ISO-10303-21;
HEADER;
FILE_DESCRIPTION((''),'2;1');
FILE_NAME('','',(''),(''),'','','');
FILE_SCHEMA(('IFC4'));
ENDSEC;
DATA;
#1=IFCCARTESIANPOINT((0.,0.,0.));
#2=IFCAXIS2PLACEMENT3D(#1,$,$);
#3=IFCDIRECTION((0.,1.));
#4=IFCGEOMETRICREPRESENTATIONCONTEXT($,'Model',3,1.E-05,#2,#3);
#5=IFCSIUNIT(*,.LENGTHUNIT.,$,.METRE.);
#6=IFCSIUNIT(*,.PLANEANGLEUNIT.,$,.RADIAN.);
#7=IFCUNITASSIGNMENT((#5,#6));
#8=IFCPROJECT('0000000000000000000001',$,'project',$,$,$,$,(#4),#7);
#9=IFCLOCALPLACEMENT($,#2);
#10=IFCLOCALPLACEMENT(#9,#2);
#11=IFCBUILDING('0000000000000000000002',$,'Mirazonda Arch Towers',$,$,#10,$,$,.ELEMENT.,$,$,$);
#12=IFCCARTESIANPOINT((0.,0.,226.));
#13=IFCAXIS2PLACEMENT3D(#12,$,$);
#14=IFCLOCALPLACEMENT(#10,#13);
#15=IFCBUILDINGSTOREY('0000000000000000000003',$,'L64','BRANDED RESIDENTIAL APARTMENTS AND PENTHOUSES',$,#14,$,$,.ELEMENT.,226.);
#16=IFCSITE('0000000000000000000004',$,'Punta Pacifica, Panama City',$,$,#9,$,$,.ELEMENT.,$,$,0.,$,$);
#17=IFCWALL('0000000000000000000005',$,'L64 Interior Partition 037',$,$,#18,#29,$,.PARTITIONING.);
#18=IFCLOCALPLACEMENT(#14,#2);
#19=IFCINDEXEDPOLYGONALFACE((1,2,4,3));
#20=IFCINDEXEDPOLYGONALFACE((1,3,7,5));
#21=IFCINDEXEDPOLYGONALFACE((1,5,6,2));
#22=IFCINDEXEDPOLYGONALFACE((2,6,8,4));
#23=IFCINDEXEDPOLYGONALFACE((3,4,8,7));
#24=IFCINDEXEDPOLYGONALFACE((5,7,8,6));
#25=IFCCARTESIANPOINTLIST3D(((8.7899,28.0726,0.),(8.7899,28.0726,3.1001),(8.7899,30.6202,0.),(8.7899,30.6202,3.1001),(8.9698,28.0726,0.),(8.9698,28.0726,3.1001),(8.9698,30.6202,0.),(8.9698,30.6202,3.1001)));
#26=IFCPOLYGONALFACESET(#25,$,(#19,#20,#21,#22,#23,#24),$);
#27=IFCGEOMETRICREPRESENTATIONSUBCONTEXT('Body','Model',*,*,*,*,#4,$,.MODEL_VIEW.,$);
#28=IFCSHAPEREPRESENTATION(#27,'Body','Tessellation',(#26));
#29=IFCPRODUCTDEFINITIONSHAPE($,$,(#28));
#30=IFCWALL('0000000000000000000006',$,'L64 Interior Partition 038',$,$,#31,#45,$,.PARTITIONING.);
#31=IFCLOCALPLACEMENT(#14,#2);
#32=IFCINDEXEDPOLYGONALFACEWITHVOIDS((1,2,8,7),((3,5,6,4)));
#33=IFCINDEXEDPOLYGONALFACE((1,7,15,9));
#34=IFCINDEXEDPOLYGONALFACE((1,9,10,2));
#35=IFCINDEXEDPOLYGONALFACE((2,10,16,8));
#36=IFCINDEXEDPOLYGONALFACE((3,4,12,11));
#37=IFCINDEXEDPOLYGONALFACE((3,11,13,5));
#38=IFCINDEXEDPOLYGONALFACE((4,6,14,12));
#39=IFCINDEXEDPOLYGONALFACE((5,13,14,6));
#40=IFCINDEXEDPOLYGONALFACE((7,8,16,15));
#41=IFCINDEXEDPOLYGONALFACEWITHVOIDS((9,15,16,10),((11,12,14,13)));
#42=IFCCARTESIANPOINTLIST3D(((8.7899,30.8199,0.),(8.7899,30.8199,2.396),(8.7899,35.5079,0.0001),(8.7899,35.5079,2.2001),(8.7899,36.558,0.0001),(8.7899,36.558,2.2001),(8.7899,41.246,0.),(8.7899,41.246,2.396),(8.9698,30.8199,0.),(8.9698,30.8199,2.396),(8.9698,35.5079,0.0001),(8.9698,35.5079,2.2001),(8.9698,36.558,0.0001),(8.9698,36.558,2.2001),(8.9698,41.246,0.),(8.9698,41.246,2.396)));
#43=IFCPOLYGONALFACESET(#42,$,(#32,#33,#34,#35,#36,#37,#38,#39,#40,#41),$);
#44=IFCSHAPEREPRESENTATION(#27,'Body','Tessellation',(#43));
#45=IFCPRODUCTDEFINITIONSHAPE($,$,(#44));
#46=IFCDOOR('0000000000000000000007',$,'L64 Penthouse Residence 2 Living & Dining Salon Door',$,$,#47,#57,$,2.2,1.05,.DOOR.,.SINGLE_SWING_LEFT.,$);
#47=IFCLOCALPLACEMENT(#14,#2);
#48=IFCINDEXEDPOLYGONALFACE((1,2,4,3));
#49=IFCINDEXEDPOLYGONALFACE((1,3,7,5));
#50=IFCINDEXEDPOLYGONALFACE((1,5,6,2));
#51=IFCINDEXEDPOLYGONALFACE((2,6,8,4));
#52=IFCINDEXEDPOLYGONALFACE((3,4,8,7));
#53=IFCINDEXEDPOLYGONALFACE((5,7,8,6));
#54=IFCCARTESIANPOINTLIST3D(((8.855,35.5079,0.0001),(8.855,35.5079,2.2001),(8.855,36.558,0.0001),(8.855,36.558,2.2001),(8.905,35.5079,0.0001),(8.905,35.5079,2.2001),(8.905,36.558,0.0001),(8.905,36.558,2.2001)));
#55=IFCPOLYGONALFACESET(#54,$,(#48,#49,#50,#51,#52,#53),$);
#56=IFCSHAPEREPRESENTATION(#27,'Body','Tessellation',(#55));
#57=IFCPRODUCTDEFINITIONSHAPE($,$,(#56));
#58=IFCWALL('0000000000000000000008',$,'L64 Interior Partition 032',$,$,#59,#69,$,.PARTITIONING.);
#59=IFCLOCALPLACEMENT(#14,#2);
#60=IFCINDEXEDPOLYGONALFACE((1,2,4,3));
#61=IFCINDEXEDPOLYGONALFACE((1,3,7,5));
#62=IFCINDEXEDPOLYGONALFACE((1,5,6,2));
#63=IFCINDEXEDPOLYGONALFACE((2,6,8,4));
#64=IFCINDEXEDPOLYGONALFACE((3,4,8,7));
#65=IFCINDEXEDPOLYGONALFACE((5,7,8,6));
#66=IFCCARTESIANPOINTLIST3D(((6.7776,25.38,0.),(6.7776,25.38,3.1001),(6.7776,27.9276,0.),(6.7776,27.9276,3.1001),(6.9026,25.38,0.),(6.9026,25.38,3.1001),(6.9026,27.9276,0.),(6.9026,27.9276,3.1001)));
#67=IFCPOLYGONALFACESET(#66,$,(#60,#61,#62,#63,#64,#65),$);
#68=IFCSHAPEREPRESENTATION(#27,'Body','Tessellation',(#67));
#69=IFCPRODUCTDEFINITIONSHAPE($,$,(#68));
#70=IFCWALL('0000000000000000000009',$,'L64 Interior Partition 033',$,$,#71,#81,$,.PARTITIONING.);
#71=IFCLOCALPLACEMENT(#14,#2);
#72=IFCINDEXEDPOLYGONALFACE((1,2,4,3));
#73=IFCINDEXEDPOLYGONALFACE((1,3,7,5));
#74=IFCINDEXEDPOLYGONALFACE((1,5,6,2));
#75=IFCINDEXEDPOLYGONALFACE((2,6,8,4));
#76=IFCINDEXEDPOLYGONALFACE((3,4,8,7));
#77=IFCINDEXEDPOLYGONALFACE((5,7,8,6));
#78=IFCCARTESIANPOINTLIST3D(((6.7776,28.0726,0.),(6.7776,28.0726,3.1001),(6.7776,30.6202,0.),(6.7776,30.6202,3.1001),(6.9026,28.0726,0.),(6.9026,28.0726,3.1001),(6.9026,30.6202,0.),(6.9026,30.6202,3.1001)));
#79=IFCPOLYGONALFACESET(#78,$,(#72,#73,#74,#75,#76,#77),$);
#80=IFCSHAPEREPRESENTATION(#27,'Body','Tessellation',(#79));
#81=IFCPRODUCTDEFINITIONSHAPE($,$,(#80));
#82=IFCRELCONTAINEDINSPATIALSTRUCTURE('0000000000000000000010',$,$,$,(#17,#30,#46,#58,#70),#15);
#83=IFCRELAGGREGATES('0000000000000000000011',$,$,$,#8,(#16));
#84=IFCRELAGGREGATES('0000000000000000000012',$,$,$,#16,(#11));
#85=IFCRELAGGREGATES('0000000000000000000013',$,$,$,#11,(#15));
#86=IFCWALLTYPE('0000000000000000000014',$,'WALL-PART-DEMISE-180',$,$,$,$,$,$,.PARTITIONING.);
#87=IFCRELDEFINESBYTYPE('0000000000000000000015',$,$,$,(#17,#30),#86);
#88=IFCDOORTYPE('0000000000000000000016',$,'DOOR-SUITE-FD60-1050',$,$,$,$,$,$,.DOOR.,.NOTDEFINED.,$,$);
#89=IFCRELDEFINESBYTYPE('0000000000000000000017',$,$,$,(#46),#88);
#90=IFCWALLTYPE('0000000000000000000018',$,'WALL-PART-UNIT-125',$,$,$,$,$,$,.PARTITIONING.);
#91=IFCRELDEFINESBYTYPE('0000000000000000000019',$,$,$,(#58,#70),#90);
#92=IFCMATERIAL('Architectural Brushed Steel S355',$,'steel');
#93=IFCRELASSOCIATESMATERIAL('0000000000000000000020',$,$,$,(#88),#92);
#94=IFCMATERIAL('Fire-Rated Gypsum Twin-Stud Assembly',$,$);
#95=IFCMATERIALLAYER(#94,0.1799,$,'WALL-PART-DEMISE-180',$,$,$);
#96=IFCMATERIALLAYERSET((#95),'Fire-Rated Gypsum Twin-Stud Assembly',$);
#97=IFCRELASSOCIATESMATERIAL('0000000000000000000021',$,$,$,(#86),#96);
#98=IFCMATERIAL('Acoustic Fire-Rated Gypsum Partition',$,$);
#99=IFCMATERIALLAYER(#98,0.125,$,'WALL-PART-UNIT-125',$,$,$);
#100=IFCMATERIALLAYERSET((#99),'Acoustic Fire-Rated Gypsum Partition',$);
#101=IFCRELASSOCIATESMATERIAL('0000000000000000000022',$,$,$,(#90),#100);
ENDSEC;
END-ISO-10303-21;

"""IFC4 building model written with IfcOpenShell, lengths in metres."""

from ifc_helpers import new_model, si_unit, direction, frame, frame_2d, origin, place, context, subcontext, project, spatial, rectangle, extrude, material, layer, layer_set, type_object, element, fill, save


model = new_model("IFC4")

# Units and contexts
model_context = context("Model", 3, precision=1e-05, world=origin(), true_north=direction((0.0, 1.0)))
body_context = subcontext(model_context, "Body", "Model", "MODEL_VIEW")
ifc_project = project(units=[si_unit("LENGTHUNIT", "METRE"), si_unit("PLANEANGLEUNIT", "RADIAN")], contexts=[model_context])

# Site, building, storey
site_placement = place(None, origin())
site = spatial("IfcSite", under=ifc_project, at=site_placement, Name="Punta Pacifica, Panama City", CompositionType="ELEMENT", RefElevation=0.0)
building_placement = place(site_placement, origin())
building = spatial("IfcBuilding", under=site, at=building_placement, Name="Mirazonda Arch Towers", CompositionType="ELEMENT")
storey_placement = place(building_placement, frame((0.0, 0.0, 226.0)))
storey = spatial("IfcBuildingStorey", under=building, at=storey_placement, Name="L64", Description="BRANDED RESIDENTIAL APARTMENTS AND PENTHOUSES", CompositionType="ELEMENT", Elevation=226.0)

# Shared definitions
ifc_material_1 = material(Name="Architectural Brushed Steel S355", Category="steel")

# Shared definitions
door_type_1 = type_object("IfcDoorType", Name="DOOR-SUITE-FD60-1050", OperationType="NOTDEFINED", PredefinedType="DOOR", material=ifc_material_1)

# Wall
ifc_material_2 = material(Name="Fire-Rated Gypsum Twin-Stud Assembly")
ifc_layer_1 = layer(ifc_material_2, 0.1799, Name="WALL-PART-DEMISE-180")
ifc_layer_set_1 = layer_set([ifc_layer_1], Name="Fire-Rated Gypsum Twin-Stud Assembly")
wall_type_1 = type_object("IfcWallType", Name="WALL-PART-DEMISE-180", PredefinedType="PARTITIONING", material=ifc_layer_set_1)
for number, where, z_axis, x_axis, name in (
    (1, (8.8799, 28.0725, 0.0), (0.0, 0.0, 1.0), (0.0, 1.0, 0.0), "L64 Interior Partition 037"),
):
    element("IfcWall", number, at=place(storey_placement, frame(where, z_axis=z_axis, x_axis=x_axis)), inside=storey, type_object=wall_type_1, Name=name, PredefinedType="PARTITIONING", context=body_context, shape_type="SweptSolid", body=[
        extrude(rectangle(XDim=2.5476, YDim=0.1799, at=frame_2d((1.2739, 0.0))), origin(), (0.0, 0.0, 1.0), 3.1001),
    ])

# Wall, opening, door
wall_1_placement = place(storey_placement, frame((8.8799, 30.8201, 0.0), z_axis=(0.0, 0.0, 1.0), x_axis=(0.0, 1.0, 0.0)))
wall_1 = element("IfcWall", 2, at=wall_1_placement, inside=storey, type_object=wall_type_1, Name="L64 Interior Partition 038", PredefinedType="PARTITIONING", context=body_context, shape_type="SweptSolid", body=[
    extrude(rectangle(XDim=10.426, YDim=0.1799, at=frame_2d((5.2129, 0.0))), origin(), (0.0, 0.0, 1.0), 2.396),
])
opening_1_placement = place(wall_1_placement, frame((4.688, 0.0, 0.0)))
opening_1 = element("IfcOpeningElement", 3, at=opening_1_placement, cuts=wall_1, PredefinedType="OPENING", context=body_context, shape_type="SweptSolid", body=[
    extrude(rectangle(XDim=1.05, YDim=2.2, at=frame_2d((0.5249, 1.1001))), frame((0.0, 0.0999, 0.0), z_axis=(0.0, -1.0, 0.0), x_axis=(1.0, 0.0, 0.0)), (0.0, 0.0, 1.0), 0.2),
])
door_1_placement = place(opening_1_placement, origin())
door_1 = element("IfcDoor", 4, at=door_1_placement, inside=storey, type_object=door_type_1, Name="L64 Penthouse Residence 2 Living & Dining Salon Door", OperationType="SINGLE_SWING_LEFT", OverallHeight=2.2, OverallWidth=1.05, PredefinedType="DOOR", context=body_context, shape_type="SweptSolid", body=[
    extrude(rectangle(XDim=1.05, YDim=2.2, at=frame_2d((0.5249, 1.1001))), frame((0.0, 0.0249, 0.0), z_axis=(0.0, -1.0, 0.0), x_axis=(1.0, 0.0, 0.0)), (0.0, 0.0, 1.0), 0.05),
])
fill(opening_1, door_1)

# Walls
ifc_material_3 = material(Name="Acoustic Fire-Rated Gypsum Partition")
ifc_layer_2 = layer(ifc_material_3, 0.125, Name="WALL-PART-UNIT-125")
ifc_layer_set_2 = layer_set([ifc_layer_2], Name="Acoustic Fire-Rated Gypsum Partition")
wall_type_2 = type_object("IfcWallType", Name="WALL-PART-UNIT-125", PredefinedType="PARTITIONING", material=ifc_layer_set_2)
for number, where, z_axis, x_axis, name in (
    (5, (6.8401, 25.3799, 0.0), (0.0, 0.0, 1.0), (0.0, 1.0, 0.0), "L64 Interior Partition 032"),
    (6, (6.8401, 28.0725, 0.0), (0.0, 0.0, 1.0), (0.0, 1.0, 0.0), "L64 Interior Partition 033"),
):
    element("IfcWall", number, at=place(storey_placement, frame(where, z_axis=z_axis, x_axis=x_axis)), inside=storey, type_object=wall_type_2, Name=name, PredefinedType="PARTITIONING", context=body_context, shape_type="SweptSolid", body=[
        extrude(rectangle(XDim=2.5476, YDim=0.125, at=frame_2d((1.2739, 0.0))), origin(), (0.0, 0.0, 1.0), 3.1001),
    ])

save(model, "model.ifc")
